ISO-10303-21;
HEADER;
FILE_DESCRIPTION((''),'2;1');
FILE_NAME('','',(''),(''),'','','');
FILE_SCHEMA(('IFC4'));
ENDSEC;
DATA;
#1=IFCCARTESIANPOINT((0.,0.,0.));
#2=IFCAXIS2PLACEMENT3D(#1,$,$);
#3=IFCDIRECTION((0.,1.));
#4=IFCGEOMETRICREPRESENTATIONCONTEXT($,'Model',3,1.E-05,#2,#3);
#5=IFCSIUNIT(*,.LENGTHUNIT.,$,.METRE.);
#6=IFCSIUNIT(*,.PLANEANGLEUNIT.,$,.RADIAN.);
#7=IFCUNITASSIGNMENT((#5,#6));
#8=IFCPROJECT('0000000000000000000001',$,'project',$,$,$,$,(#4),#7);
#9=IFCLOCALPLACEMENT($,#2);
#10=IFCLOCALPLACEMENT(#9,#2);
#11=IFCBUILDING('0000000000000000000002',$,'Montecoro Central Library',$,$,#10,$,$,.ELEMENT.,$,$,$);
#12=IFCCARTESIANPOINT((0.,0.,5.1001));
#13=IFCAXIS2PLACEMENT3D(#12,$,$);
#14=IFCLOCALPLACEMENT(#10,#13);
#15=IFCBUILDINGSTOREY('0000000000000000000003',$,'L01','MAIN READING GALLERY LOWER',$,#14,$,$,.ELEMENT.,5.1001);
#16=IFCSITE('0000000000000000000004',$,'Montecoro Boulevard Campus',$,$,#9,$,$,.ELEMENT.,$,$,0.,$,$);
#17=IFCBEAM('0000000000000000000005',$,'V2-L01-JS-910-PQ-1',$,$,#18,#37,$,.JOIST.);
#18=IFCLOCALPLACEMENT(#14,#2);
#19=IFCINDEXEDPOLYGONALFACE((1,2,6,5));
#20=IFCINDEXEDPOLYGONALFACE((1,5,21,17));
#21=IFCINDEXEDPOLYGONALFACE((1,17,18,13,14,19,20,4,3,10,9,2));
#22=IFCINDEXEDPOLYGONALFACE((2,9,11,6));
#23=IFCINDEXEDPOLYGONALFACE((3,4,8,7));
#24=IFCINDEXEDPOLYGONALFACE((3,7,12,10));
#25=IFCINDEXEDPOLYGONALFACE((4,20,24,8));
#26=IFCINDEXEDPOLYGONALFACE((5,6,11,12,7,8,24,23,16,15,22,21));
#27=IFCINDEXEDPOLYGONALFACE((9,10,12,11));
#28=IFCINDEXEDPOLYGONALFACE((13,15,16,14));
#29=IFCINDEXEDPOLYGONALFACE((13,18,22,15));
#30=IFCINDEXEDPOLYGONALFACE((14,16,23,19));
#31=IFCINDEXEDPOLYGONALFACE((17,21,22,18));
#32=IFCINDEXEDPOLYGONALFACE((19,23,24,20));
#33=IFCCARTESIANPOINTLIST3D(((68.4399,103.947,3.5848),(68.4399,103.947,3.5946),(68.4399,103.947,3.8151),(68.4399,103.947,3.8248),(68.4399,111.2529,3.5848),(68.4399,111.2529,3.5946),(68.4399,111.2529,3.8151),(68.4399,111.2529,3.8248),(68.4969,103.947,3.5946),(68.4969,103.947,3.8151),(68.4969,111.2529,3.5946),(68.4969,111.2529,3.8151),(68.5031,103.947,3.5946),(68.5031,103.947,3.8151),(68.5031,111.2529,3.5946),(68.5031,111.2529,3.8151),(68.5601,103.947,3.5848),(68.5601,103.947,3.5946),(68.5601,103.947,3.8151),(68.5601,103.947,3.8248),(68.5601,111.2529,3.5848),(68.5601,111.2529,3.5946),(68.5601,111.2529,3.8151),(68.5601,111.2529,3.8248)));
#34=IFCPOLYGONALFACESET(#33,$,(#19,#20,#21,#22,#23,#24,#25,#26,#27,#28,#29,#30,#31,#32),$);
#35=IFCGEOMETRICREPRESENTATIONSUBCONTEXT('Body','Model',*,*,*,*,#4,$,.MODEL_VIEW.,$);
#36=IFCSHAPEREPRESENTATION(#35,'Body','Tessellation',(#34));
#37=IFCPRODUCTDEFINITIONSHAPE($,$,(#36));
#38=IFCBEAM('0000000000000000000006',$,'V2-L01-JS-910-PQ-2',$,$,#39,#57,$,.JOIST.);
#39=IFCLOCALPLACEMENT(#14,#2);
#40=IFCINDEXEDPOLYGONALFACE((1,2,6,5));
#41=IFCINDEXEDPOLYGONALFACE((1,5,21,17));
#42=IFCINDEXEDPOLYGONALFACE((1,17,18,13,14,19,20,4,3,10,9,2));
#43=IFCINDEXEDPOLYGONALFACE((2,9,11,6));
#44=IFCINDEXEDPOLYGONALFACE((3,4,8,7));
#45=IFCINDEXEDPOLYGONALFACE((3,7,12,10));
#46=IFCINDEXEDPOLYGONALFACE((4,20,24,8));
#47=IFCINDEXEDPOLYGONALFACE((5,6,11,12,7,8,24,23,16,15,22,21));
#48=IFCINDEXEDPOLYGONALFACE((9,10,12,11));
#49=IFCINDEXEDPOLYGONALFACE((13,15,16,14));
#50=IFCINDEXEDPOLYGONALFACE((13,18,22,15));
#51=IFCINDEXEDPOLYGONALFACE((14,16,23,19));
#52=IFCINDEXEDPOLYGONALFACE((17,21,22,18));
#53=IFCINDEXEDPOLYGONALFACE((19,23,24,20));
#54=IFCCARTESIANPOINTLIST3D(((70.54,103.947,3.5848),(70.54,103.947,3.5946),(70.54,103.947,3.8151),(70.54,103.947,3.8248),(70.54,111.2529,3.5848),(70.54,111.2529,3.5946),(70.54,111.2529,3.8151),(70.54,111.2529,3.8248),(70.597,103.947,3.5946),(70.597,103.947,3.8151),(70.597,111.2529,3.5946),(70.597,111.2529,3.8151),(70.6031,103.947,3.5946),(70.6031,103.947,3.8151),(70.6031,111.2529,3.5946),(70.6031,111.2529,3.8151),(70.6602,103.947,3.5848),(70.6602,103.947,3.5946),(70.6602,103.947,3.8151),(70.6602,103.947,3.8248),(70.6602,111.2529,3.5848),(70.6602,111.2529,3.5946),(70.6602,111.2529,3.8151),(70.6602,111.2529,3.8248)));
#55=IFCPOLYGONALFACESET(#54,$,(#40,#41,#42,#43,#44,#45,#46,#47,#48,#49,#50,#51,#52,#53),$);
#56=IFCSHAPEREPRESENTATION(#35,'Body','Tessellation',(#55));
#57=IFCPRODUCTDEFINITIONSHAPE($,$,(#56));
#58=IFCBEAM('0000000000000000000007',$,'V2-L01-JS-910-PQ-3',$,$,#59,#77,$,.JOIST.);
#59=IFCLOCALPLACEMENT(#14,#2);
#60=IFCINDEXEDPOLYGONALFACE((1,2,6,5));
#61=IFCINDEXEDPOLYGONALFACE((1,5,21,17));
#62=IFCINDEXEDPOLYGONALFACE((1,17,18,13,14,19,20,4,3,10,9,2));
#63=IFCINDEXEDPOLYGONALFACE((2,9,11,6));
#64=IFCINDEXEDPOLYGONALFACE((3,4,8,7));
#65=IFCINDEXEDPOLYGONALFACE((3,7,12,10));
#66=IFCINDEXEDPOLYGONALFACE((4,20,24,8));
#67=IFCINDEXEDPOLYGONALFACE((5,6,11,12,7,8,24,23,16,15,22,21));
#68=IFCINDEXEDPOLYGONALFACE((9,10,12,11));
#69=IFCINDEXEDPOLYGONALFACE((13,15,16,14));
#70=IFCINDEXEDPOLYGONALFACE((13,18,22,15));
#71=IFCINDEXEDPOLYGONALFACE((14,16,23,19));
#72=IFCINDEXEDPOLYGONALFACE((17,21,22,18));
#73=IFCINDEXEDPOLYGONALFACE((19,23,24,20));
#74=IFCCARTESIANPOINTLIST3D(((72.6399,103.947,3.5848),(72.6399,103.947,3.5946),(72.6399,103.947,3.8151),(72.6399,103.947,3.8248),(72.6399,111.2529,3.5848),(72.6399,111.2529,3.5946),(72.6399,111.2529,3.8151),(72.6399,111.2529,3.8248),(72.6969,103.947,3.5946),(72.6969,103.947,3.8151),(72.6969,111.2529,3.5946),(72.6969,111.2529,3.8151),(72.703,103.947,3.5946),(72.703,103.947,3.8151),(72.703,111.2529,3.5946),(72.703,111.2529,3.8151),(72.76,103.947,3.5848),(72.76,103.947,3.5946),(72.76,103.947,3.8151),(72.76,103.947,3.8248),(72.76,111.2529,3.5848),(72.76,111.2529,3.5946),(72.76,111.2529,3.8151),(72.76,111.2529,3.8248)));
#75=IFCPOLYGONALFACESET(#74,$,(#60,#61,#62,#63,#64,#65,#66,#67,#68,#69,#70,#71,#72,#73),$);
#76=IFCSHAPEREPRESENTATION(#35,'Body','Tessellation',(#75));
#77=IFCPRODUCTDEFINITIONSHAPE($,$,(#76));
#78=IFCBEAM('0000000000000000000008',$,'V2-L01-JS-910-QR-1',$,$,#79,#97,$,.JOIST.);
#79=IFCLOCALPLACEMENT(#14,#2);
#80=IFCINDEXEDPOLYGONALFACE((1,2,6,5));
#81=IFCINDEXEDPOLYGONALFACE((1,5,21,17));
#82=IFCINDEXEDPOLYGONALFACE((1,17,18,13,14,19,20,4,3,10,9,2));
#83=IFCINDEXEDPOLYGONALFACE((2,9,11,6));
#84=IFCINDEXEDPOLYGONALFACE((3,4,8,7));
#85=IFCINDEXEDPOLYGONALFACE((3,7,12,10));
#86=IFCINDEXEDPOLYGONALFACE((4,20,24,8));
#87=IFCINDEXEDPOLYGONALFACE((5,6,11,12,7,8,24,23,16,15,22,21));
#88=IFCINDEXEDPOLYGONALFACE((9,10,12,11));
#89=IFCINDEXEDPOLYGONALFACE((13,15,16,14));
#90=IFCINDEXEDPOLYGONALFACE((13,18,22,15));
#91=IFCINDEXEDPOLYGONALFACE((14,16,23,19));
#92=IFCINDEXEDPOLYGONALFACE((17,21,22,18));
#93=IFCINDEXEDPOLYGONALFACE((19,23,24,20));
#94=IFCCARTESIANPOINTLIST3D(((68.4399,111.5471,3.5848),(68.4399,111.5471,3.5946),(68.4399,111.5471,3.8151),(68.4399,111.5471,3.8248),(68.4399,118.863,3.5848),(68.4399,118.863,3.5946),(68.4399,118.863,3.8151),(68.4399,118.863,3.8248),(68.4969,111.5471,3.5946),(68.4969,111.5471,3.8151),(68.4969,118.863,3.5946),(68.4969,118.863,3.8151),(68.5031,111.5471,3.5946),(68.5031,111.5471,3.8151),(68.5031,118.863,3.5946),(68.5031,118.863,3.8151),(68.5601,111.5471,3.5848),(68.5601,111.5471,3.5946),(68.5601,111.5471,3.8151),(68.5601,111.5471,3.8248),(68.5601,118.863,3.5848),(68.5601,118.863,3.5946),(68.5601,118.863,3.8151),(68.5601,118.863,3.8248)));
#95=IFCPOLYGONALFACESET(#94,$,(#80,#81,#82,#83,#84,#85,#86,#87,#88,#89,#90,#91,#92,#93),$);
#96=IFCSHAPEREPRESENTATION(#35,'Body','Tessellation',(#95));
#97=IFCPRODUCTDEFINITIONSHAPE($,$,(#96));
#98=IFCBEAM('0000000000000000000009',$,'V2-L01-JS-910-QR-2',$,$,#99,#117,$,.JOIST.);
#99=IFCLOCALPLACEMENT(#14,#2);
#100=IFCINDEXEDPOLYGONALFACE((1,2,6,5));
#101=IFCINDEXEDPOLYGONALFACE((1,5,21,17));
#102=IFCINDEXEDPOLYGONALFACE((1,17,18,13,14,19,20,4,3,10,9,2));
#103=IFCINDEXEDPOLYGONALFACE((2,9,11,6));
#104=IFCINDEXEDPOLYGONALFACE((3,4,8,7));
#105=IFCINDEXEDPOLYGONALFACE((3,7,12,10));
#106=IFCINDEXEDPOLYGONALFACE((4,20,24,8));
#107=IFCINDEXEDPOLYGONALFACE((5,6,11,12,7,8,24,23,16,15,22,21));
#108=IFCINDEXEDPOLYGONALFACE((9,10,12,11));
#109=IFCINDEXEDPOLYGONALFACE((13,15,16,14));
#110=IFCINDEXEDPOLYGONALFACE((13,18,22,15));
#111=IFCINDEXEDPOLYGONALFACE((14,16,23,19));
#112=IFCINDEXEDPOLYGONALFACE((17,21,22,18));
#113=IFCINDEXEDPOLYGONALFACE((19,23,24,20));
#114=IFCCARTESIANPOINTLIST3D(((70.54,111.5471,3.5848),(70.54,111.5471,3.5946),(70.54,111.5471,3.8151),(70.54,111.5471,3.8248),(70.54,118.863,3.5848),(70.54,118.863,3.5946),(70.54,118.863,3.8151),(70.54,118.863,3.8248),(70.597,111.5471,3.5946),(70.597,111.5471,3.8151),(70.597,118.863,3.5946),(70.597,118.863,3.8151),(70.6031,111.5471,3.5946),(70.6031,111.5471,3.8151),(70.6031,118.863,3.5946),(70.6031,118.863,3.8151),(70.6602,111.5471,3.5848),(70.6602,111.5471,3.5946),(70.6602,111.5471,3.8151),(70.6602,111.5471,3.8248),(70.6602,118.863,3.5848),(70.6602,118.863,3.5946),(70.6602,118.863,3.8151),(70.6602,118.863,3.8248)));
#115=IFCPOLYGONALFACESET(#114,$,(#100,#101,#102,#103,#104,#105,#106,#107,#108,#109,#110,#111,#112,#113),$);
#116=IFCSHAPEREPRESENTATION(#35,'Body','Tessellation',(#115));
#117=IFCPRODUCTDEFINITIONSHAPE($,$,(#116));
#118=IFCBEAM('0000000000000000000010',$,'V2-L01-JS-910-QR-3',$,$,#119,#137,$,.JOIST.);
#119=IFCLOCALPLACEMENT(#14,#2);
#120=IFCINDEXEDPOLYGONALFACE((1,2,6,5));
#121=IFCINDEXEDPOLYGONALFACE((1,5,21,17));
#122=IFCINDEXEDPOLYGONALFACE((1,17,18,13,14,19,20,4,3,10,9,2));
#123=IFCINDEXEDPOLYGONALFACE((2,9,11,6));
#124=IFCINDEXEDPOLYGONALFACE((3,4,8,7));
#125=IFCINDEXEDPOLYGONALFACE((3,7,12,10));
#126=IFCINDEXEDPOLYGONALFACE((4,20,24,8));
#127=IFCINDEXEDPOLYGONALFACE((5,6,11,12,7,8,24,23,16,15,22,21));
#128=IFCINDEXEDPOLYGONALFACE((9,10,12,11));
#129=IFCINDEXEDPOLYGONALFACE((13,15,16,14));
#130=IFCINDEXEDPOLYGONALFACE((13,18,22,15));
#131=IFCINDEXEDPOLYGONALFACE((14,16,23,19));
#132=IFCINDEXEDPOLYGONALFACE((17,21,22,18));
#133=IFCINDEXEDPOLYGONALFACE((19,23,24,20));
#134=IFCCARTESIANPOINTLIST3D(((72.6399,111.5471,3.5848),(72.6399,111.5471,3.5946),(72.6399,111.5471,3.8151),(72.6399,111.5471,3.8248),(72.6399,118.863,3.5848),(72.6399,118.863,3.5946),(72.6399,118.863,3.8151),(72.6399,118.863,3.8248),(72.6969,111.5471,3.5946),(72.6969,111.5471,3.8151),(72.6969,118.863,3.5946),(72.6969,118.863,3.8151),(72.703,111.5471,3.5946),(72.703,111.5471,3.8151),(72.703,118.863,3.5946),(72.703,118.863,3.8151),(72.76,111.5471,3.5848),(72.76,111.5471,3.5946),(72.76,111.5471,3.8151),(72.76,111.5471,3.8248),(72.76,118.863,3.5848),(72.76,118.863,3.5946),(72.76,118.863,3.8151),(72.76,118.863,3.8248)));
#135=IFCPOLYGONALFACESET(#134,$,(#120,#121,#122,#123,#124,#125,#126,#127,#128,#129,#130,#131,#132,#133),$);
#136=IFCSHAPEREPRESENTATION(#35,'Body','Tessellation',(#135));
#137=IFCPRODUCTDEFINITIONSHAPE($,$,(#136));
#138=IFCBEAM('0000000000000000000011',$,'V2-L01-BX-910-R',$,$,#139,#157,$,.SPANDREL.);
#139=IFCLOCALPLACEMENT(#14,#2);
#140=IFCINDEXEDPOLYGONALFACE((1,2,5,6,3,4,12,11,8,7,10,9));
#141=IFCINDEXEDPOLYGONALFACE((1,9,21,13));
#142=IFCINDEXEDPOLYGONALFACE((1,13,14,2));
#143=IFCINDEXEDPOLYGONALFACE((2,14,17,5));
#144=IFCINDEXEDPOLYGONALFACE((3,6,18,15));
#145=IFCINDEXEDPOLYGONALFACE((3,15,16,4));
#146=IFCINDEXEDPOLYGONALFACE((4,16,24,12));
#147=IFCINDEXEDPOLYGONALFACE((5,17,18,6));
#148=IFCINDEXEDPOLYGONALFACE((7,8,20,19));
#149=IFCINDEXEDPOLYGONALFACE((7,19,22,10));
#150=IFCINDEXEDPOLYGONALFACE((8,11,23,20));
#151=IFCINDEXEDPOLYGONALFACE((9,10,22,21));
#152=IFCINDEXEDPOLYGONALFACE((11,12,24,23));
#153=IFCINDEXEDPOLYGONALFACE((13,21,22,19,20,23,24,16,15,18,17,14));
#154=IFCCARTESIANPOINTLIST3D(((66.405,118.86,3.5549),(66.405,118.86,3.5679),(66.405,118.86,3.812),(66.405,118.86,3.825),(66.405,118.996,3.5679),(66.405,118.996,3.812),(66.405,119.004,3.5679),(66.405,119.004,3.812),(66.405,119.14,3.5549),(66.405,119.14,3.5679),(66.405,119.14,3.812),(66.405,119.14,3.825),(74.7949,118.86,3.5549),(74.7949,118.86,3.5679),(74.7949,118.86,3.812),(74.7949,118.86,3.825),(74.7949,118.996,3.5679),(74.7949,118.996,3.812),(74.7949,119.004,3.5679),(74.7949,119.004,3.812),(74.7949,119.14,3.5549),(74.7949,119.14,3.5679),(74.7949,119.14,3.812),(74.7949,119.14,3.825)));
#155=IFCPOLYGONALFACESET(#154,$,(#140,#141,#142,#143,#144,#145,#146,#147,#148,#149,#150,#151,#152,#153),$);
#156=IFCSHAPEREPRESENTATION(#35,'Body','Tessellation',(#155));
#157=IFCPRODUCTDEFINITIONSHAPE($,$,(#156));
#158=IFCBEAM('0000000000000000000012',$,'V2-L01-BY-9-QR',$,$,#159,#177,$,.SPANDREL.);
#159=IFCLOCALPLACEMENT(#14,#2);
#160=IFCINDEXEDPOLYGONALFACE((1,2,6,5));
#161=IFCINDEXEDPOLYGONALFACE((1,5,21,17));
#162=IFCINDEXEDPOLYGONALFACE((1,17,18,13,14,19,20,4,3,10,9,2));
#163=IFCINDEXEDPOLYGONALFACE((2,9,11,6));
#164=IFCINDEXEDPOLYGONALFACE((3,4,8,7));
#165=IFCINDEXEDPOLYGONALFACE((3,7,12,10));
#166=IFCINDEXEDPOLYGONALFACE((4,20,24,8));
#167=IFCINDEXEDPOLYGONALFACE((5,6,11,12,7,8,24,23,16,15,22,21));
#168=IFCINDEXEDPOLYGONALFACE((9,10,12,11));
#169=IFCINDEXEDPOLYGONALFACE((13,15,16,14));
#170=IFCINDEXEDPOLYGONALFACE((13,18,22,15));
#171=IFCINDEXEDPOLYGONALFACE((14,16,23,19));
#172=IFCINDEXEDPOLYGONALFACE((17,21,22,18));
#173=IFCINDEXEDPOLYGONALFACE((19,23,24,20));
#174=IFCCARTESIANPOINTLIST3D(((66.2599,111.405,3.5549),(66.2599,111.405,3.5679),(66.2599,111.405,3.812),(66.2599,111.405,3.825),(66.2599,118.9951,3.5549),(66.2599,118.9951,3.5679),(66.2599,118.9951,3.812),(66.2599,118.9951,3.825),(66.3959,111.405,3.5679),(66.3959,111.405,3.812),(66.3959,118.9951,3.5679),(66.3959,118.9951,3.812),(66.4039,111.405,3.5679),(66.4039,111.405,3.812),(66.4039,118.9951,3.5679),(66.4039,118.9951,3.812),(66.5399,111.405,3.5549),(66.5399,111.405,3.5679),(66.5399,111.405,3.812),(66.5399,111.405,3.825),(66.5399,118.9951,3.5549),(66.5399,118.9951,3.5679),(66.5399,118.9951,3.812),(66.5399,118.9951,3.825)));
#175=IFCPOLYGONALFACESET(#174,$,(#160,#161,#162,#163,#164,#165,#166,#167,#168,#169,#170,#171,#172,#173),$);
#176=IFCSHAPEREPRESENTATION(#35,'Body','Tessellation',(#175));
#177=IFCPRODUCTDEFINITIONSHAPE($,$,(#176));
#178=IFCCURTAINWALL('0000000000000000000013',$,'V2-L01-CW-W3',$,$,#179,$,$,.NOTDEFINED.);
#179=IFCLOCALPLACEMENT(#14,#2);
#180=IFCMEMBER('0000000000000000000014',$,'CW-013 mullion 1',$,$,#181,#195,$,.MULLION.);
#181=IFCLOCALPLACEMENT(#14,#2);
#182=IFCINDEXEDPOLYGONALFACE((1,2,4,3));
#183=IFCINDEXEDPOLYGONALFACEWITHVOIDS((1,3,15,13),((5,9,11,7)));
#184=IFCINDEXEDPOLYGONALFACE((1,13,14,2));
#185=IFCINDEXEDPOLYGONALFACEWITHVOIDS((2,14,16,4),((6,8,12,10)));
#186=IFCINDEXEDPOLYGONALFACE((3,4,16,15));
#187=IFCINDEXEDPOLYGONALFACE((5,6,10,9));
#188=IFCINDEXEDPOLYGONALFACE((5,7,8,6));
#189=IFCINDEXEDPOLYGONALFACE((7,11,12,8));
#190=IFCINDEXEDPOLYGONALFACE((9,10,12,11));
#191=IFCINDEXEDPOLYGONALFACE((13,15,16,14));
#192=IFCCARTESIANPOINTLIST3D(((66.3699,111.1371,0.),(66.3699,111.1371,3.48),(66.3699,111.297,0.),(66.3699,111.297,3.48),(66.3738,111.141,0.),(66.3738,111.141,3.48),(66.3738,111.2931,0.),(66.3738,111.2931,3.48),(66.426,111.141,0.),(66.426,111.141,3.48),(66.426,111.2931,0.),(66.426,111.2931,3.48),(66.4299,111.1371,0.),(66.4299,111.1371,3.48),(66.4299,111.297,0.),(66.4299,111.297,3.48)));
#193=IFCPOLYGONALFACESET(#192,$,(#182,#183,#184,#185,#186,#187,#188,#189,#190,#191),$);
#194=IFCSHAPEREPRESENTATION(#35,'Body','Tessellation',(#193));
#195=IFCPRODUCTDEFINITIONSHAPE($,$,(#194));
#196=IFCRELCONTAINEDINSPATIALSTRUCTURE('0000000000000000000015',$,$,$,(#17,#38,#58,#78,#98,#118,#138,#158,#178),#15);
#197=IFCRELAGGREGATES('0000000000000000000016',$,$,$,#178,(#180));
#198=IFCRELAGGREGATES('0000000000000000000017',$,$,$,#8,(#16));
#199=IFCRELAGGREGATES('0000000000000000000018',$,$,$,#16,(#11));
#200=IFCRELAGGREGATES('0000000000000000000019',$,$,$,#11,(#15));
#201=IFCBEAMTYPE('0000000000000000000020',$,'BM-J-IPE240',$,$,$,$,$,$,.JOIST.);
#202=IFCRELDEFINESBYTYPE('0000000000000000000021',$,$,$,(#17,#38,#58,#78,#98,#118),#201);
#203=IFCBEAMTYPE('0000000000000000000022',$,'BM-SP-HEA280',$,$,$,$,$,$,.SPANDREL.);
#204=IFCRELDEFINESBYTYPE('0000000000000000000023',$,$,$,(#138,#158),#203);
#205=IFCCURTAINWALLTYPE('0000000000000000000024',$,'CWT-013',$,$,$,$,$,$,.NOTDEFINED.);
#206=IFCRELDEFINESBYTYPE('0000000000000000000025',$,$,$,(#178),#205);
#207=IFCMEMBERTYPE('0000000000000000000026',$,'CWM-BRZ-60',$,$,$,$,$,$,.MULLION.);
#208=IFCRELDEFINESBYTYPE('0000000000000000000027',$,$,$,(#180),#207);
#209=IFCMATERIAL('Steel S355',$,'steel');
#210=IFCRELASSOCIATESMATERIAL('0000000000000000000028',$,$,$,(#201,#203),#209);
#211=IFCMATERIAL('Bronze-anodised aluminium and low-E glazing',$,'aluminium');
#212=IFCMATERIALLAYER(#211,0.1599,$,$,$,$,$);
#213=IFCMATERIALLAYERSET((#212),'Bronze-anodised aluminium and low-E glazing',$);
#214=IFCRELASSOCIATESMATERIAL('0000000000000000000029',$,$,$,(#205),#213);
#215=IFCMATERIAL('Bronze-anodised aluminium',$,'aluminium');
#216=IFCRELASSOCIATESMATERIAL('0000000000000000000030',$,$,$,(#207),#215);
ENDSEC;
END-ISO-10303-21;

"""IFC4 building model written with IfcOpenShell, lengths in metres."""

from ifc_helpers import new_model, si_unit, direction, frame, origin, origin_2d, place, context, subcontext, project, spatial, hollow_rectangle, i_section, extrude, material, layer, layer_set, material_profile, profile_set, type_object, element, aggregate, save


model = new_model("IFC4")

# Units and contexts
model_context = context("Model", 3, precision=1e-05, world=origin(), true_north=direction((0.0, 1.0)))
body_context = subcontext(model_context, "Body", "Model", "MODEL_VIEW")
ifc_project = project(units=[si_unit("LENGTHUNIT", "METRE"), si_unit("PLANEANGLEUNIT", "RADIAN")], contexts=[model_context])

# Site, building, storey
site_placement = place(None, origin())
site = spatial("IfcSite", under=ifc_project, at=site_placement, Name="Montecoro Boulevard Campus", CompositionType="ELEMENT", RefElevation=0.0)
building_placement = place(site_placement, origin())
building = spatial("IfcBuilding", under=site, at=building_placement, Name="Montecoro Central Library", CompositionType="ELEMENT")
storey_placement = place(building_placement, frame((0.0, 0.0, 5.1001)))
storey = spatial("IfcBuildingStorey", under=building, at=storey_placement, Name="L01", Description="MAIN READING GALLERY LOWER", CompositionType="ELEMENT", Elevation=5.1001)

# Shared definitions
ifc_material_1 = material(Name="Steel S355", Category="steel")

# Beams
ifc_material_profile_1 = material_profile(ifc_material_1, i_section(OverallWidth=0.1201, OverallDepth=0.24, WebThickness=0.0061, FlangeThickness=0.0098, at=origin_2d()), Name="IPE 240")
ifc_profile_set_1 = profile_set([ifc_material_profile_1], Name="Steel S355")
beam_type_1 = type_object("IfcBeamType", Name="BM-J-IPE240", PredefinedType="JOIST", material=ifc_profile_set_1)
for number, where, z_axis, x_axis, name in (
    (1, (68.5, 103.947, 3.7048), (0.0, 1.0, 0.0), (-1.0, 0.0, 0.0), "V2-L01-JS-910-PQ-1"),
    (2, (70.6001, 103.947, 3.7048), (0.0, 1.0, 0.0), (-1.0, 0.0, 0.0), "V2-L01-JS-910-PQ-2"),
    (3, (72.7, 103.947, 3.7048), (0.0, 1.0, 0.0), (-1.0, 0.0, 0.0), "V2-L01-JS-910-PQ-3"),
):
    element("IfcBeam", number, at=place(storey_placement, frame(where, z_axis=z_axis, x_axis=x_axis)), inside=storey, type_object=beam_type_1, Name=name, PredefinedType="JOIST", context=body_context, shape_type="SweptSolid", body=[
        extrude(i_section(OverallWidth=0.1201, OverallDepth=0.24, WebThickness=0.0061, FlangeThickness=0.0098, at=origin_2d()), origin(), (0.0, 0.0, 1.0), 7.3059),
    ])
for number, where, z_axis, x_axis, name in (
    (4, (68.5, 111.5471, 3.7048), (0.0, 1.0, 0.0), (-1.0, 0.0, 0.0), "V2-L01-JS-910-QR-1"),
    (5, (70.6001, 111.5471, 3.7048), (0.0, 1.0, 0.0), (-1.0, 0.0, 0.0), "V2-L01-JS-910-QR-2"),
    (6, (72.7, 111.5471, 3.7048), (0.0, 1.0, 0.0), (-1.0, 0.0, 0.0), "V2-L01-JS-910-QR-3"),
):
    element("IfcBeam", number, at=place(storey_placement, frame(where, z_axis=z_axis, x_axis=x_axis)), inside=storey, type_object=beam_type_1, Name=name, PredefinedType="JOIST", context=body_context, shape_type="SweptSolid", body=[
        extrude(i_section(OverallWidth=0.1201, OverallDepth=0.24, WebThickness=0.0061, FlangeThickness=0.0098, at=origin_2d()), origin(), (0.0, 0.0, 1.0), 7.3159),
    ])
ifc_material_profile_2 = material_profile(ifc_material_1, i_section(OverallWidth=0.28, OverallDepth=0.27, WebThickness=0.0081, FlangeThickness=0.0129, at=origin_2d()), Name="HEA 280")
ifc_profile_set_2 = profile_set([ifc_material_profile_2], Name="Steel S355")
beam_type_2 = type_object("IfcBeamType", Name="BM-SP-HEA280", PredefinedType="SPANDREL", material=ifc_profile_set_2)
beam_1_placement = place(storey_placement, frame((66.405, 119.0, 3.6899), z_axis=(1.0, 0.0, 0.0), x_axis=(0.0, 1.0, 0.0)))
element("IfcBeam", 7, at=beam_1_placement, inside=storey, type_object=beam_type_2, Name="V2-L01-BX-910-R", PredefinedType="SPANDREL", context=body_context, shape_type="SweptSolid", body=[
    extrude(i_section(OverallWidth=0.28, OverallDepth=0.27, WebThickness=0.0081, FlangeThickness=0.0129, at=origin_2d()), origin(), (0.0, 0.0, 1.0), 8.3899),
])
beam_2_placement = place(storey_placement, frame((66.3999, 111.405, 3.6899), z_axis=(0.0, 1.0, 0.0), x_axis=(-1.0, 0.0, 0.0)))
element("IfcBeam", 8, at=beam_2_placement, inside=storey, type_object=beam_type_2, Name="V2-L01-BY-9-QR", PredefinedType="SPANDREL", context=body_context, shape_type="SweptSolid", body=[
    extrude(i_section(OverallWidth=0.28, OverallDepth=0.27, WebThickness=0.0081, FlangeThickness=0.0129, at=origin_2d()), origin(), (0.0, 0.0, 1.0), 7.5901),
])

# Curtain wall, member
ifc_material_2 = material(Name="Bronze-anodised aluminium and low-E glazing", Category="aluminium")
ifc_layer_1 = layer(ifc_material_2, 0.1599)
ifc_layer_set_1 = layer_set([ifc_layer_1], Name="Bronze-anodised aluminium and low-E glazing")
curtain_wall_type = type_object("IfcCurtainWallType", Name="CWT-013", PredefinedType="NOTDEFINED", material=ifc_layer_set_1)
curtain_wall_placement = place(storey_placement, origin())
curtain_wall = element("IfcCurtainWall", 9, at=curtain_wall_placement, inside=storey, type_object=curtain_wall_type, Name="V2-L01-CW-W3", PredefinedType="NOTDEFINED")
ifc_material_3 = material(Name="Bronze-anodised aluminium", Category="aluminium")
ifc_material_profile_3 = material_profile(ifc_material_3, hollow_rectangle(XDim=0.0601, YDim=0.1599, WallThickness=0.0039, at=origin_2d()), Name="CWM 160x60x4.0")
ifc_profile_set_3 = profile_set([ifc_material_profile_3], Name="Bronze-anodised aluminium")
member_type_1 = type_object("IfcMemberType", Name="CWM-BRZ-60", PredefinedType="MULLION", material=ifc_profile_set_3)
member_1_placement = place(storey_placement, frame((66.3999, 111.217, 0.0), z_axis=(0.0, 0.0, 1.0), x_axis=(1.0, 0.0, 0.0)))
member_1 = element("IfcMember", 10, at=member_1_placement, type_object=member_type_1, Name="CW-013 mullion 1", PredefinedType="MULLION", context=body_context, shape_type="SweptSolid", body=[
    extrude(hollow_rectangle(XDim=0.0601, YDim=0.1599, WallThickness=0.0039, at=origin_2d()), origin(), (0.0, 0.0, 1.0), 3.48),
])
aggregate(curtain_wall, [member_1])

save(model, "model.ifc")
